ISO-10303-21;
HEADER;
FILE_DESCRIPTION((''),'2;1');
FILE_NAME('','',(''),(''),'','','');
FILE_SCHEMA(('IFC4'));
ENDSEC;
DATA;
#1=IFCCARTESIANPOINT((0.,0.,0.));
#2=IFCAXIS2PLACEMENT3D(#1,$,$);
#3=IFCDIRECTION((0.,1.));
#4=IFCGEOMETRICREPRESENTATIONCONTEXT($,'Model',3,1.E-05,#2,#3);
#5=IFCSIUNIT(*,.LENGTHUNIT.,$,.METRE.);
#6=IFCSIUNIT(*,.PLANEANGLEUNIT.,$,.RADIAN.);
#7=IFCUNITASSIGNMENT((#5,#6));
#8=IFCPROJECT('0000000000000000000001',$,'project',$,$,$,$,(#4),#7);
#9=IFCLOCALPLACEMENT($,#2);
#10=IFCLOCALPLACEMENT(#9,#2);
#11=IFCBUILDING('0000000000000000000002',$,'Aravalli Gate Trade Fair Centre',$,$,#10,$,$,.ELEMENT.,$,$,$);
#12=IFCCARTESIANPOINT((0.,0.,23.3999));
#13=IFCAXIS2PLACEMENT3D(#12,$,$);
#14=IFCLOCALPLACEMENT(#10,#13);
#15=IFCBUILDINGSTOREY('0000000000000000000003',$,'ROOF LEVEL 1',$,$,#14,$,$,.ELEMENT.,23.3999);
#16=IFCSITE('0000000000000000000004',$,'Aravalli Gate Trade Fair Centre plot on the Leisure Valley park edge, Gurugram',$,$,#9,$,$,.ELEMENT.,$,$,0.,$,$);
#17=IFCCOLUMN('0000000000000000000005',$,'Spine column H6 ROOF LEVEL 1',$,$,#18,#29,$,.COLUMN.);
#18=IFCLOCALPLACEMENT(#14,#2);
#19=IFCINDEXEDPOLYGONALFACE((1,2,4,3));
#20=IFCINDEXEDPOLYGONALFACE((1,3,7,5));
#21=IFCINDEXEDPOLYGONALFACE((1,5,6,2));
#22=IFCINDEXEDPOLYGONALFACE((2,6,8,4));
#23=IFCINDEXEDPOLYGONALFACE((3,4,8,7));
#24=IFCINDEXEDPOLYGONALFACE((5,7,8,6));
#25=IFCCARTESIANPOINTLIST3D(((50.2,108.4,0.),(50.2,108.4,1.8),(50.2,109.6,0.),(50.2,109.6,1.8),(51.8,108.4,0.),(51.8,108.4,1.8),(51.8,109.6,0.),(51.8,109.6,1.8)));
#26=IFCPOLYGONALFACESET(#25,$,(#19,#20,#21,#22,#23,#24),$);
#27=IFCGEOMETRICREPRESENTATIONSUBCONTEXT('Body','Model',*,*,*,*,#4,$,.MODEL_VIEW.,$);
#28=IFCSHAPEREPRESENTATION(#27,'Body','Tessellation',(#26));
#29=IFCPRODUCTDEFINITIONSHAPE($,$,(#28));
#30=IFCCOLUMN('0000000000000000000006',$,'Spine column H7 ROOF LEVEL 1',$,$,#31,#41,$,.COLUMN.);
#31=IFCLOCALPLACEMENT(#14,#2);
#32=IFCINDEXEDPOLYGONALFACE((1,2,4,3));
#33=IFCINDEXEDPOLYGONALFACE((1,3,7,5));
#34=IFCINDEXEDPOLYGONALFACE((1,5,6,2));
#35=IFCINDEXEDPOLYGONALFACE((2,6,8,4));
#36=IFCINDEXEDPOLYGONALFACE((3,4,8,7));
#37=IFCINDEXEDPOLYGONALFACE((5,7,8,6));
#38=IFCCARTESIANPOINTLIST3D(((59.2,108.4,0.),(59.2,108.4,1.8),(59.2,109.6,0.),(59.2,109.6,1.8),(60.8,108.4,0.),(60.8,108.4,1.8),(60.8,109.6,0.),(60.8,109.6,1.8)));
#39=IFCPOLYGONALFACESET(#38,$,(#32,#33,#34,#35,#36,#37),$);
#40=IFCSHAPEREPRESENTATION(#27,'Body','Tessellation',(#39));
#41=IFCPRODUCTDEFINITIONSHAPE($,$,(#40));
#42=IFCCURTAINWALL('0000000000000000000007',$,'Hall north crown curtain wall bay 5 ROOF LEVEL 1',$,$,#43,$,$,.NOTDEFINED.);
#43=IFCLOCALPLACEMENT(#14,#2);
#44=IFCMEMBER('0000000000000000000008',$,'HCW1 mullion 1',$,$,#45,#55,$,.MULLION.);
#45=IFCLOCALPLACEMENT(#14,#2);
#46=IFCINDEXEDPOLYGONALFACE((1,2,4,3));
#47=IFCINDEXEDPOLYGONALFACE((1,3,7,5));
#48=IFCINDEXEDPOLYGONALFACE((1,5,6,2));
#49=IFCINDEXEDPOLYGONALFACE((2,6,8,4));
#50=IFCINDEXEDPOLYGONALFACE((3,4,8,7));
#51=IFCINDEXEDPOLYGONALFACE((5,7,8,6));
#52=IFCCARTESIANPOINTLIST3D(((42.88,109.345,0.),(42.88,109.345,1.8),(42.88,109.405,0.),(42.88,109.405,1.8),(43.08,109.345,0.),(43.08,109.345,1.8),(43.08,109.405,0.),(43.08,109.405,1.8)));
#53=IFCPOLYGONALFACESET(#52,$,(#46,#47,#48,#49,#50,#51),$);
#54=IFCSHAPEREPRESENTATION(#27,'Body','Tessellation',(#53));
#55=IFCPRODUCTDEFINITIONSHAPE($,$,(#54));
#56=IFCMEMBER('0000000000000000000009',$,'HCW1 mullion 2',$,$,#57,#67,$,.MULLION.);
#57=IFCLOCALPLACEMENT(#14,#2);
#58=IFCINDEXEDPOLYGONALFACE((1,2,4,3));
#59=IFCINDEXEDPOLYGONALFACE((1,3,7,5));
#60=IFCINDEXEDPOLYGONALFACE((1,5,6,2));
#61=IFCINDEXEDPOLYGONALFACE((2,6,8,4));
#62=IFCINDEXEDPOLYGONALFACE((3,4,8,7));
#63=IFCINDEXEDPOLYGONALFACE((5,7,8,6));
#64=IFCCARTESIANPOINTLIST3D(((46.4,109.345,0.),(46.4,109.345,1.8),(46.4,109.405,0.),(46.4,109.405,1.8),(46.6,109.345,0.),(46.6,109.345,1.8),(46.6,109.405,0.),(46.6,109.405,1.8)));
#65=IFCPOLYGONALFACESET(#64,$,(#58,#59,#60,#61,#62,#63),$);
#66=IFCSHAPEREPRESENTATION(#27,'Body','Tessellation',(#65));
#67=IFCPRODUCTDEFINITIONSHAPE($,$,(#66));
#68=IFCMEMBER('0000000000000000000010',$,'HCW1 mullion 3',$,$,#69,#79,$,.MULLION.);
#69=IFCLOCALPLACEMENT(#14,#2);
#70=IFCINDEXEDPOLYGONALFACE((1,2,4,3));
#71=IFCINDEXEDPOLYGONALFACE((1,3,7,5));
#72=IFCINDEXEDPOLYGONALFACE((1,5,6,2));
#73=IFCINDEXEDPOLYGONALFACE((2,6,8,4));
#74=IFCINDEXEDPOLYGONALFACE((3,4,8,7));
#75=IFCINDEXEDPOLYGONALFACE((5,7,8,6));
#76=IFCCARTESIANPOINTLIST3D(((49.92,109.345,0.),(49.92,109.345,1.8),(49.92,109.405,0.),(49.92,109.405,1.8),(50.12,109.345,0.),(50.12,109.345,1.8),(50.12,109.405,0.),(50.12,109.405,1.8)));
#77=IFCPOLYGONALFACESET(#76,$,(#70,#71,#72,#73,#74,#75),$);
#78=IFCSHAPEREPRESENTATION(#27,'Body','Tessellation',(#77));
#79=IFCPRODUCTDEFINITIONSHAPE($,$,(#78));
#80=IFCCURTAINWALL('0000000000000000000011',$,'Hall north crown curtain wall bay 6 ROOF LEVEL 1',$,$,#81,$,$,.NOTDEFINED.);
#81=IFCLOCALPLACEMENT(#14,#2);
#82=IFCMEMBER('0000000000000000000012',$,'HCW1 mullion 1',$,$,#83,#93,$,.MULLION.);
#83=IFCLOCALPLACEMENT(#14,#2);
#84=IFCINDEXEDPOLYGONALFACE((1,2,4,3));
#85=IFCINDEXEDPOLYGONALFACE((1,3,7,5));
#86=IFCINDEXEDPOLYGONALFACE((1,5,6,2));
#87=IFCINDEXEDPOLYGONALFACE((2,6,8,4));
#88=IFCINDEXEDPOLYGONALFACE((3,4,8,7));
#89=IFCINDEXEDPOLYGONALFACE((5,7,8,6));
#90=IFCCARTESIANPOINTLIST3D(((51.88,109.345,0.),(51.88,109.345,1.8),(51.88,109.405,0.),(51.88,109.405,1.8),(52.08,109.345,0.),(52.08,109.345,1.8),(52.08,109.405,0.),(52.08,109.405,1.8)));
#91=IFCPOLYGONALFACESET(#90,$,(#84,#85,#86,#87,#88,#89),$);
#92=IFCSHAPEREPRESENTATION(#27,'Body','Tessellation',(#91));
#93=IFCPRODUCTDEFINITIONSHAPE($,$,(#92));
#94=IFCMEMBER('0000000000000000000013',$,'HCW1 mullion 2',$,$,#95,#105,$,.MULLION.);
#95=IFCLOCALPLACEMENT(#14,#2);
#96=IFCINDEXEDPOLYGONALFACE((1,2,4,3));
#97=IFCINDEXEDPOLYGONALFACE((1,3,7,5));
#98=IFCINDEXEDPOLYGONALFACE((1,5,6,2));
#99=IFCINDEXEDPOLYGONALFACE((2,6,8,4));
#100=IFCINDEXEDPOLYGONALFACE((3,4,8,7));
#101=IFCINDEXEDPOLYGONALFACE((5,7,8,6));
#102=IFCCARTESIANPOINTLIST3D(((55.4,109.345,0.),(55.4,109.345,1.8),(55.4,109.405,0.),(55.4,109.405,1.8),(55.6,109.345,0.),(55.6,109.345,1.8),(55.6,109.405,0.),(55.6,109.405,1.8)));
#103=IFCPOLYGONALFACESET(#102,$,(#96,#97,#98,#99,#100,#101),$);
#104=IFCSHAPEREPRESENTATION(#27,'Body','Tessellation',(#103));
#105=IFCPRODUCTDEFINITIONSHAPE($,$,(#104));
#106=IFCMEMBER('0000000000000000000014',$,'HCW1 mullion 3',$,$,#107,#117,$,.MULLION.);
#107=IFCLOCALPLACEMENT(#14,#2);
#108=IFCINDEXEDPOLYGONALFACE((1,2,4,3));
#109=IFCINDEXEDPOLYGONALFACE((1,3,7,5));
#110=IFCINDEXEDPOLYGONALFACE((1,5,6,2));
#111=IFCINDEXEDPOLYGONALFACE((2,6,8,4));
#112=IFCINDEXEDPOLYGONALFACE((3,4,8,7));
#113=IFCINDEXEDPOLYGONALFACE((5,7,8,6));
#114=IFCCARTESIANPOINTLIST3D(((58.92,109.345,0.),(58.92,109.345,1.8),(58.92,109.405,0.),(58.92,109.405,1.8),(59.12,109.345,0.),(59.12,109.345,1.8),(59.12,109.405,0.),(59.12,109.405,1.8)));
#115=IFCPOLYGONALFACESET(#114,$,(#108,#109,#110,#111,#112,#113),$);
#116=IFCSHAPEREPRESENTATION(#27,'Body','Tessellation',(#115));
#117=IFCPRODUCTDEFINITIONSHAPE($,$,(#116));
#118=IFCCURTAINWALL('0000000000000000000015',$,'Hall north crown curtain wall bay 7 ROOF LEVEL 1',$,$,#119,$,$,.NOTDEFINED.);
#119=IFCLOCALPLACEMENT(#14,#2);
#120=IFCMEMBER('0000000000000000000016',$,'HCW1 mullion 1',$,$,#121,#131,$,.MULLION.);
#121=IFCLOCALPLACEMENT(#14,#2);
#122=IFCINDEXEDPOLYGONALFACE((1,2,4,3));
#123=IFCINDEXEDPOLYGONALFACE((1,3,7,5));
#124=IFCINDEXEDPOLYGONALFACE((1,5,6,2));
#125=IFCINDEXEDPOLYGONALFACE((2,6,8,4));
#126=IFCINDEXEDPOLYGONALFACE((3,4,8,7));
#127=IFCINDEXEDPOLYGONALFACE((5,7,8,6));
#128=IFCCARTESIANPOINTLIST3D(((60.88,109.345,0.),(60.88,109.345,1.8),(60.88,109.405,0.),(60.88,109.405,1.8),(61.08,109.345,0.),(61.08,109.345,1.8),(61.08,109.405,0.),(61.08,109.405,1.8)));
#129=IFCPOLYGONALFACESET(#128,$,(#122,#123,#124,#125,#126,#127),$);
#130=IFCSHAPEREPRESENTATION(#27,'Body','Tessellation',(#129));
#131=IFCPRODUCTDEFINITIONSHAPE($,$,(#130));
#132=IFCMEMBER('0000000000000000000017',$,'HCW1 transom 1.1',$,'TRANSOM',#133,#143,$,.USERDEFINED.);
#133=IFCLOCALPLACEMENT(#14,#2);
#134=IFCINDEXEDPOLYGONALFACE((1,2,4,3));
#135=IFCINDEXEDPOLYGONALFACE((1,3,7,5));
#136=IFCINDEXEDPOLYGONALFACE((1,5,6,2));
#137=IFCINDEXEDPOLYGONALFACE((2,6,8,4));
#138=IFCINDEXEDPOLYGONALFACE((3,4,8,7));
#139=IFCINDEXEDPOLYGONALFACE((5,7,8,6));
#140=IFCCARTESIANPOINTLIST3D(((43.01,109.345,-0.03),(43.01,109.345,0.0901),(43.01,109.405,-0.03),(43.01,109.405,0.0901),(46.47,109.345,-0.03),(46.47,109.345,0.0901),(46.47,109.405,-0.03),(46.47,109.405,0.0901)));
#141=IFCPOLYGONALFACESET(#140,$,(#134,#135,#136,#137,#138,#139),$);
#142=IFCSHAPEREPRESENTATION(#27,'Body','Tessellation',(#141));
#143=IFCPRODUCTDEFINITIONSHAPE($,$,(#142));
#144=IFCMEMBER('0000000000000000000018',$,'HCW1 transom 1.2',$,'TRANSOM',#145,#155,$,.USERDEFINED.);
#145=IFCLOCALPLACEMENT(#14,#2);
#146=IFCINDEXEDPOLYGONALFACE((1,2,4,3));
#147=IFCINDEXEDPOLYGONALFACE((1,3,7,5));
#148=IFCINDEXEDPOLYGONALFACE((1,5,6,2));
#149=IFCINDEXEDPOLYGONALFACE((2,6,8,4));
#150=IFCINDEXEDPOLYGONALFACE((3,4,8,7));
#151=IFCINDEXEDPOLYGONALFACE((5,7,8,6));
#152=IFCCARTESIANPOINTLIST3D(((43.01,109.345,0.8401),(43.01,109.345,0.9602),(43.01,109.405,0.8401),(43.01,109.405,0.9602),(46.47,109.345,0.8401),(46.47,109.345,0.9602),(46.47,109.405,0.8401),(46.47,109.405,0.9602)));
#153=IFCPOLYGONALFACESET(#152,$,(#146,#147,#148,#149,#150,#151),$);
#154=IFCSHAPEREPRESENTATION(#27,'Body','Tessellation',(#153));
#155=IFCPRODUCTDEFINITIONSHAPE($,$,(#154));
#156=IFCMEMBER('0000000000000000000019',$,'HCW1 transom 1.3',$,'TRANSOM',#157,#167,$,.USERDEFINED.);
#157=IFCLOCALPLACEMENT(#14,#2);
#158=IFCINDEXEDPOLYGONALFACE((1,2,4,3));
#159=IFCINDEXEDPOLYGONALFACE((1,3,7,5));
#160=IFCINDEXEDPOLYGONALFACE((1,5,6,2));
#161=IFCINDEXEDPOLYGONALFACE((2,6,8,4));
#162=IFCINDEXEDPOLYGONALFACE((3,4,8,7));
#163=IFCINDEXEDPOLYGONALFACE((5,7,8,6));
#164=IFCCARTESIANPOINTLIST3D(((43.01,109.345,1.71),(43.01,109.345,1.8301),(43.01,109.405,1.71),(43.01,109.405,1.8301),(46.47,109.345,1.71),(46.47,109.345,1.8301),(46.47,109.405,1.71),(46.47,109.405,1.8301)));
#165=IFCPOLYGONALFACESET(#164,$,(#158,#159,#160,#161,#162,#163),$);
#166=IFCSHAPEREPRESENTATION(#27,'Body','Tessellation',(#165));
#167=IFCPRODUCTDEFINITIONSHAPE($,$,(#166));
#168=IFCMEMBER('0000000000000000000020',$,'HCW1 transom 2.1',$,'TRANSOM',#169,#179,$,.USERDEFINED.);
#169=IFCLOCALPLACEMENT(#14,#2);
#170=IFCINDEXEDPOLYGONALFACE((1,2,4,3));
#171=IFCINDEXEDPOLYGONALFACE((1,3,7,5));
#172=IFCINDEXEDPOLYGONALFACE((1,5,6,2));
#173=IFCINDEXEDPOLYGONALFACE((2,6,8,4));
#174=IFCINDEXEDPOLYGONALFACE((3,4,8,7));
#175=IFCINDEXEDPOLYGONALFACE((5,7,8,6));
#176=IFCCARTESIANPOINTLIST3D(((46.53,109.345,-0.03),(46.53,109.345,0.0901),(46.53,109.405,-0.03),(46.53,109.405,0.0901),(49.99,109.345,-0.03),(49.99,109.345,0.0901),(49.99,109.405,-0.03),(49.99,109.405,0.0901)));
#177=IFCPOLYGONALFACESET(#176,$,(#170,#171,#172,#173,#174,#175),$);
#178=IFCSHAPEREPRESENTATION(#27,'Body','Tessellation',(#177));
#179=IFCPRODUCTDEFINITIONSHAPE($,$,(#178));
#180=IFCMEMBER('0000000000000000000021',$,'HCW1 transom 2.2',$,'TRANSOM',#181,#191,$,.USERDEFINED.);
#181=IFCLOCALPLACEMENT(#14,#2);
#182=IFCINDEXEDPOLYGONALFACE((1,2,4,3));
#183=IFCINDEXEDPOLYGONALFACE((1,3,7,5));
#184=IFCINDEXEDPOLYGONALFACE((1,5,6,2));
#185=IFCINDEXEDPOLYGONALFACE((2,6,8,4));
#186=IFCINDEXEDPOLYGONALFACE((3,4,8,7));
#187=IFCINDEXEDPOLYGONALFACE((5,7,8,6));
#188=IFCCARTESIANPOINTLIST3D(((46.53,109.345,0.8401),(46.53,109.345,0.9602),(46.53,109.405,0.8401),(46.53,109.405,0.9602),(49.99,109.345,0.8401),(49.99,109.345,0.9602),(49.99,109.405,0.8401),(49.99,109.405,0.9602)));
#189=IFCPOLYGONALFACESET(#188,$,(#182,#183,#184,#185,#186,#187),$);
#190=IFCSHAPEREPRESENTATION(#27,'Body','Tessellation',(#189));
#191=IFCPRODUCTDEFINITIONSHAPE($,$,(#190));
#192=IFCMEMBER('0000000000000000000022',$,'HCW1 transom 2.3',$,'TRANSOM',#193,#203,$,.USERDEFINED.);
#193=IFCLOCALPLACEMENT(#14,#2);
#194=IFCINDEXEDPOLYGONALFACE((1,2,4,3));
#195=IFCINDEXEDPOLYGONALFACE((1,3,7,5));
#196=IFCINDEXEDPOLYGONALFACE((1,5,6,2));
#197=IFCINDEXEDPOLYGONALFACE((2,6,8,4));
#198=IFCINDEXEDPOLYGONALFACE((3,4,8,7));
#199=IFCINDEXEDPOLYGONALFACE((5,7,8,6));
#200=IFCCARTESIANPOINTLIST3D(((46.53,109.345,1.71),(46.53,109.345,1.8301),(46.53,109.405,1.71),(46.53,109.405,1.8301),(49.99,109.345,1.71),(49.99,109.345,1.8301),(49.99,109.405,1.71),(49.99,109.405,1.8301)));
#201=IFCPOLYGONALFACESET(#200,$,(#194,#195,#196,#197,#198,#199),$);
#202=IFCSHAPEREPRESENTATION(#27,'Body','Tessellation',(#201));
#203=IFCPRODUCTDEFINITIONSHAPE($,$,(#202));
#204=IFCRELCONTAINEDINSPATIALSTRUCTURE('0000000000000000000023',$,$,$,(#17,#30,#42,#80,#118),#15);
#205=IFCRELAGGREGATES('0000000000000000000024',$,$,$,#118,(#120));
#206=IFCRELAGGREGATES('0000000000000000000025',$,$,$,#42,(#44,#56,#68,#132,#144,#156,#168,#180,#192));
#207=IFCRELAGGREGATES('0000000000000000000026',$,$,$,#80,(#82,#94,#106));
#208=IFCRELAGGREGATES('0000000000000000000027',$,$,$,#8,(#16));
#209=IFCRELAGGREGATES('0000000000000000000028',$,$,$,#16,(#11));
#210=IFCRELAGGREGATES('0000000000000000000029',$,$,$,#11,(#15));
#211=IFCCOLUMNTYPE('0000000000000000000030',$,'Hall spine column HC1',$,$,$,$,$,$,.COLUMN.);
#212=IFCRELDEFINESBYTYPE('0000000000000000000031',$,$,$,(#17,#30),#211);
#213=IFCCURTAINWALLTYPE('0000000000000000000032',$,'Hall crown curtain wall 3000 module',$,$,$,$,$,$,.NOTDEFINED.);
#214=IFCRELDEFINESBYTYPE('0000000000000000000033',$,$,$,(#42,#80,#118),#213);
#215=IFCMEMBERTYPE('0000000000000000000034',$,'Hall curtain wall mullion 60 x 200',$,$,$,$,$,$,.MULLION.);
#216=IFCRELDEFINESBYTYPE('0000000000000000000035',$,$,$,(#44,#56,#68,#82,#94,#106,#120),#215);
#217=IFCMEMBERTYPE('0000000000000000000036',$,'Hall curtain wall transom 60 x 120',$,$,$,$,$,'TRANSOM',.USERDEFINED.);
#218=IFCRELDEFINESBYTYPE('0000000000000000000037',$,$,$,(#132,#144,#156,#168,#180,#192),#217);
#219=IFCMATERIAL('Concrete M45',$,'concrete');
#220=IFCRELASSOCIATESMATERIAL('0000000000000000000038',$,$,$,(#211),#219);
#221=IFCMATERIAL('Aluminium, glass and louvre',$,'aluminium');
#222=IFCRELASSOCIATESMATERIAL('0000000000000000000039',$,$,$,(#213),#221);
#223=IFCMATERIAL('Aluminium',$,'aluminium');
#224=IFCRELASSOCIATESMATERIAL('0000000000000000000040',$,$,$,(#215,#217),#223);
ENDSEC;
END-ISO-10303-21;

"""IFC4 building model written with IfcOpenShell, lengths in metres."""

from ifc_helpers import new_model, si_unit, direction, frame, origin, origin_2d, place, context, subcontext, project, spatial, rectangle, extrude, material, material_profile, profile_set, type_object, element, aggregate, save


model = new_model("IFC4")

# Units and contexts
model_context = context("Model", 3, precision=1e-05, world=origin(), true_north=direction((0.0, 1.0)))
body_context = subcontext(model_context, "Body", "Model", "MODEL_VIEW")
ifc_project = project(units=[si_unit("LENGTHUNIT", "METRE"), si_unit("PLANEANGLEUNIT", "RADIAN")], contexts=[model_context])

# Site, building, storey
site_placement = place(None, origin())
site = spatial("IfcSite", under=ifc_project, at=site_placement, Name="Aravalli Gate Trade Fair Centre plot on the Leisure Valley park edge, Gurugram", CompositionType="ELEMENT", RefElevation=0.0)
building_placement = place(site_placement, origin())
building = spatial("IfcBuilding", under=site, at=building_placement, Name="Aravalli Gate Trade Fair Centre", CompositionType="ELEMENT")
storey_placement = place(building_placement, frame((0.0, 0.0, 23.3999)))
storey = spatial("IfcBuildingStorey", under=building, at=storey_placement, Name="ROOF LEVEL 1", CompositionType="ELEMENT", Elevation=23.3999)

# Columns
ifc_material_1 = material(Name="Concrete M45", Category="concrete")
ifc_material_profile_1 = material_profile(ifc_material_1, rectangle(XDim=1.6001, YDim=1.2, at=origin_2d()), Name="RC 1600x1200")
ifc_profile_set_1 = profile_set([ifc_material_profile_1], Name="Concrete M45")
column_type = type_object("IfcColumnType", Name="Hall spine column HC1", PredefinedType="COLUMN", material=ifc_profile_set_1)
for number, where, z_axis, x_axis, name in (
    (1, (51.0, 109.0, 0.0), (0.0, 0.0, 1.0), (1.0, 0.0, 0.0), "Spine column H6 ROOF LEVEL 1"),
    (2, (60.0, 109.0, 0.0), (0.0, 0.0, 1.0), (1.0, 0.0, 0.0), "Spine column H7 ROOF LEVEL 1"),
):
    element("IfcColumn", number, at=place(storey_placement, frame(where, z_axis=z_axis, x_axis=x_axis)), inside=storey, type_object=column_type, Name=name, PredefinedType="COLUMN", context=body_context, shape_type="SweptSolid", body=[
        extrude(rectangle(XDim=1.6001, YDim=1.2, at=origin_2d()), origin(), (0.0, 0.0, 1.0), 1.8),
    ])

# Curtain walls, members
ifc_material_2 = material(Name="Aluminium, glass and louvre", Category="aluminium")
curtain_wall_type = type_object("IfcCurtainWallType", Name="Hall crown curtain wall 3000 module", PredefinedType="NOTDEFINED", material=ifc_material_2)
curtain_wall_1_placement = place(storey_placement, origin())
curtain_wall_1 = element("IfcCurtainWall", 3, at=curtain_wall_1_placement, inside=storey, type_object=curtain_wall_type, Name="Hall north crown curtain wall bay 5 ROOF LEVEL 1", PredefinedType="NOTDEFINED")
ifc_material_3 = material(Name="Aluminium", Category="aluminium")
ifc_material_profile_2 = material_profile(ifc_material_3, rectangle(XDim=0.0601, YDim=0.2, at=origin_2d()), Name="Hall curtain wall mullion 60 x 200")
ifc_profile_set_2 = profile_set([ifc_material_profile_2], Name="Aluminium")
member_type_1 = type_object("IfcMemberType", Name="Hall curtain wall mullion 60 x 200", PredefinedType="MULLION", material=ifc_profile_set_2)
member_1_placement = place(storey_placement, frame((42.98, 109.375, 0.0), z_axis=(0.0, 0.0, 1.0), x_axis=(0.0, 1.0, 0.0)))
member_1 = element("IfcMember", 4, at=member_1_placement, type_object=member_type_1, Name="HCW1 mullion 1", PredefinedType="MULLION", context=body_context, shape_type="SweptSolid", body=[
    extrude(rectangle(XDim=0.0601, YDim=0.2, at=origin_2d()), origin(), (0.0, 0.0, 1.0), 1.8),
])
member_2_placement = place(storey_placement, frame((46.5, 109.375, 0.0), z_axis=(0.0, 0.0, 1.0), x_axis=(0.0, 1.0, 0.0)))
member_2 = element("IfcMember", 5, at=member_2_placement, type_object=member_type_1, Name="HCW1 mullion 2", PredefinedType="MULLION", context=body_context, shape_type="SweptSolid", body=[
    extrude(rectangle(XDim=0.0601, YDim=0.2, at=origin_2d()), origin(), (0.0, 0.0, 1.0), 1.8),
])
member_3_placement = place(storey_placement, frame((50.02, 109.375, 0.0), z_axis=(0.0, 0.0, 1.0), x_axis=(0.0, 1.0, 0.0)))
member_3 = element("IfcMember", 6, at=member_3_placement, type_object=member_type_1, Name="HCW1 mullion 3", PredefinedType="MULLION", context=body_context, shape_type="SweptSolid", body=[
    extrude(rectangle(XDim=0.0601, YDim=0.2, at=origin_2d()), origin(), (0.0, 0.0, 1.0), 1.8),
])
curtain_wall_2_placement = place(storey_placement, origin())
curtain_wall_2 = element("IfcCurtainWall", 7, at=curtain_wall_2_placement, inside=storey, type_object=curtain_wall_type, Name="Hall north crown curtain wall bay 6 ROOF LEVEL 1", PredefinedType="NOTDEFINED")
member_4_placement = place(storey_placement, frame((51.98, 109.375, 0.0), z_axis=(0.0, 0.0, 1.0), x_axis=(0.0, 1.0, 0.0)))
member_4 = element("IfcMember", 8, at=member_4_placement, type_object=member_type_1, Name="HCW1 mullion 1", PredefinedType="MULLION", context=body_context, shape_type="SweptSolid", body=[
    extrude(rectangle(XDim=0.0601, YDim=0.2, at=origin_2d()), origin(), (0.0, 0.0, 1.0), 1.8),
])
member_5_placement = place(storey_placement, frame((55.5, 109.375, 0.0), z_axis=(0.0, 0.0, 1.0), x_axis=(0.0, 1.0, 0.0)))
member_5 = element("IfcMember", 9, at=member_5_placement, type_object=member_type_1, Name="HCW1 mullion 2", PredefinedType="MULLION", context=body_context, shape_type="SweptSolid", body=[
    extrude(rectangle(XDim=0.0601, YDim=0.2, at=origin_2d()), origin(), (0.0, 0.0, 1.0), 1.8),
])
member_6_placement = place(storey_placement, frame((59.02, 109.375, 0.0), z_axis=(0.0, 0.0, 1.0), x_axis=(0.0, 1.0, 0.0)))
member_6 = element("IfcMember", 10, at=member_6_placement, type_object=member_type_1, Name="HCW1 mullion 3", PredefinedType="MULLION", context=body_context, shape_type="SweptSolid", body=[
    extrude(rectangle(XDim=0.0601, YDim=0.2, at=origin_2d()), origin(), (0.0, 0.0, 1.0), 1.8),
])

# Curtain wall, member
curtain_wall_3_placement = place(storey_placement, origin())
curtain_wall_3 = element("IfcCurtainWall", 11, at=curtain_wall_3_placement, inside=storey, type_object=curtain_wall_type, Name="Hall north crown curtain wall bay 7 ROOF LEVEL 1", PredefinedType="NOTDEFINED")
member_7_placement = place(storey_placement, frame((60.98, 109.375, 0.0), z_axis=(0.0, 0.0, 1.0), x_axis=(0.0, 1.0, 0.0)))
member_7 = element("IfcMember", 12, at=member_7_placement, type_object=member_type_1, Name="HCW1 mullion 1", PredefinedType="MULLION", context=body_context, shape_type="SweptSolid", body=[
    extrude(rectangle(XDim=0.0601, YDim=0.2, at=origin_2d()), origin(), (0.0, 0.0, 1.0), 1.8),
])

# Members
ifc_material_profile_3 = material_profile(ifc_material_3, rectangle(XDim=0.0601, YDim=0.1201, at=origin_2d()), Name="Hall curtain wall transom 60 x 120")
ifc_profile_set_3 = profile_set([ifc_material_profile_3], Name="Aluminium")
member_type_2 = type_object("IfcMemberType", Name="Hall curtain wall transom 60 x 120", ElementType="TRANSOM", PredefinedType="USERDEFINED", material=ifc_profile_set_3)
member_8_placement = place(storey_placement, frame((43.01, 109.375, 0.03), z_axis=(1.0, 0.0, 0.0), x_axis=(0.0, 1.0, 0.0)))
member_8 = element("IfcMember", 13, at=member_8_placement, type_object=member_type_2, Name="HCW1 transom 1.1", ObjectType="TRANSOM", PredefinedType="USERDEFINED", context=body_context, shape_type="SweptSolid", body=[
    extrude(rectangle(XDim=0.0601, YDim=0.1201, at=origin_2d()), origin(), (0.0, 0.0, 1.0), 3.46),
])
member_9_placement = place(storey_placement, frame((43.01, 109.375, 0.9001), z_axis=(1.0, 0.0, 0.0), x_axis=(0.0, 1.0, 0.0)))
member_9 = element("IfcMember", 14, at=member_9_placement, type_object=member_type_2, Name="HCW1 transom 1.2", ObjectType="TRANSOM", PredefinedType="USERDEFINED", context=body_context, shape_type="SweptSolid", body=[
    extrude(rectangle(XDim=0.0601, YDim=0.1201, at=origin_2d()), origin(), (0.0, 0.0, 1.0), 3.46),
])
member_10_placement = place(storey_placement, frame((43.01, 109.375, 1.77), z_axis=(1.0, 0.0, 0.0), x_axis=(0.0, 1.0, 0.0)))
member_10 = element("IfcMember", 15, at=member_10_placement, type_object=member_type_2, Name="HCW1 transom 1.3", ObjectType="TRANSOM", PredefinedType="USERDEFINED", context=body_context, shape_type="SweptSolid", body=[
    extrude(rectangle(XDim=0.0601, YDim=0.1201, at=origin_2d()), origin(), (0.0, 0.0, 1.0), 3.46),
])
member_11_placement = place(storey_placement, frame((46.53, 109.375, 0.03), z_axis=(1.0, 0.0, 0.0), x_axis=(0.0, 1.0, 0.0)))
member_11 = element("IfcMember", 16, at=member_11_placement, type_object=member_type_2, Name="HCW1 transom 2.1", ObjectType="TRANSOM", PredefinedType="USERDEFINED", context=body_context, shape_type="SweptSolid", body=[
    extrude(rectangle(XDim=0.0601, YDim=0.1201, at=origin_2d()), origin(), (0.0, 0.0, 1.0), 3.46),
])
member_12_placement = place(storey_placement, frame((46.53, 109.375, 0.9001), z_axis=(1.0, 0.0, 0.0), x_axis=(0.0, 1.0, 0.0)))
member_12 = element("IfcMember", 17, at=member_12_placement, type_object=member_type_2, Name="HCW1 transom 2.2", ObjectType="TRANSOM", PredefinedType="USERDEFINED", context=body_context, shape_type="SweptSolid", body=[
    extrude(rectangle(XDim=0.0601, YDim=0.1201, at=origin_2d()), origin(), (0.0, 0.0, 1.0), 3.46),
])
member_13_placement = place(storey_placement, frame((46.53, 109.375, 1.77), z_axis=(1.0, 0.0, 0.0), x_axis=(0.0, 1.0, 0.0)))
member_13 = element("IfcMember", 18, at=member_13_placement, type_object=member_type_2, Name="HCW1 transom 2.3", ObjectType="TRANSOM", PredefinedType="USERDEFINED", context=body_context, shape_type="SweptSolid", body=[
    extrude(rectangle(XDim=0.0601, YDim=0.1201, at=origin_2d()), origin(), (0.0, 0.0, 1.0), 3.46),
])
aggregate(curtain_wall_3, [member_7])

aggregate(curtain_wall_1, [member_1, member_2, member_3, member_8, member_9, member_10, member_11, member_12, member_13])
aggregate(curtain_wall_2, [member_4, member_5, member_6])

save(model, "model.ifc")
